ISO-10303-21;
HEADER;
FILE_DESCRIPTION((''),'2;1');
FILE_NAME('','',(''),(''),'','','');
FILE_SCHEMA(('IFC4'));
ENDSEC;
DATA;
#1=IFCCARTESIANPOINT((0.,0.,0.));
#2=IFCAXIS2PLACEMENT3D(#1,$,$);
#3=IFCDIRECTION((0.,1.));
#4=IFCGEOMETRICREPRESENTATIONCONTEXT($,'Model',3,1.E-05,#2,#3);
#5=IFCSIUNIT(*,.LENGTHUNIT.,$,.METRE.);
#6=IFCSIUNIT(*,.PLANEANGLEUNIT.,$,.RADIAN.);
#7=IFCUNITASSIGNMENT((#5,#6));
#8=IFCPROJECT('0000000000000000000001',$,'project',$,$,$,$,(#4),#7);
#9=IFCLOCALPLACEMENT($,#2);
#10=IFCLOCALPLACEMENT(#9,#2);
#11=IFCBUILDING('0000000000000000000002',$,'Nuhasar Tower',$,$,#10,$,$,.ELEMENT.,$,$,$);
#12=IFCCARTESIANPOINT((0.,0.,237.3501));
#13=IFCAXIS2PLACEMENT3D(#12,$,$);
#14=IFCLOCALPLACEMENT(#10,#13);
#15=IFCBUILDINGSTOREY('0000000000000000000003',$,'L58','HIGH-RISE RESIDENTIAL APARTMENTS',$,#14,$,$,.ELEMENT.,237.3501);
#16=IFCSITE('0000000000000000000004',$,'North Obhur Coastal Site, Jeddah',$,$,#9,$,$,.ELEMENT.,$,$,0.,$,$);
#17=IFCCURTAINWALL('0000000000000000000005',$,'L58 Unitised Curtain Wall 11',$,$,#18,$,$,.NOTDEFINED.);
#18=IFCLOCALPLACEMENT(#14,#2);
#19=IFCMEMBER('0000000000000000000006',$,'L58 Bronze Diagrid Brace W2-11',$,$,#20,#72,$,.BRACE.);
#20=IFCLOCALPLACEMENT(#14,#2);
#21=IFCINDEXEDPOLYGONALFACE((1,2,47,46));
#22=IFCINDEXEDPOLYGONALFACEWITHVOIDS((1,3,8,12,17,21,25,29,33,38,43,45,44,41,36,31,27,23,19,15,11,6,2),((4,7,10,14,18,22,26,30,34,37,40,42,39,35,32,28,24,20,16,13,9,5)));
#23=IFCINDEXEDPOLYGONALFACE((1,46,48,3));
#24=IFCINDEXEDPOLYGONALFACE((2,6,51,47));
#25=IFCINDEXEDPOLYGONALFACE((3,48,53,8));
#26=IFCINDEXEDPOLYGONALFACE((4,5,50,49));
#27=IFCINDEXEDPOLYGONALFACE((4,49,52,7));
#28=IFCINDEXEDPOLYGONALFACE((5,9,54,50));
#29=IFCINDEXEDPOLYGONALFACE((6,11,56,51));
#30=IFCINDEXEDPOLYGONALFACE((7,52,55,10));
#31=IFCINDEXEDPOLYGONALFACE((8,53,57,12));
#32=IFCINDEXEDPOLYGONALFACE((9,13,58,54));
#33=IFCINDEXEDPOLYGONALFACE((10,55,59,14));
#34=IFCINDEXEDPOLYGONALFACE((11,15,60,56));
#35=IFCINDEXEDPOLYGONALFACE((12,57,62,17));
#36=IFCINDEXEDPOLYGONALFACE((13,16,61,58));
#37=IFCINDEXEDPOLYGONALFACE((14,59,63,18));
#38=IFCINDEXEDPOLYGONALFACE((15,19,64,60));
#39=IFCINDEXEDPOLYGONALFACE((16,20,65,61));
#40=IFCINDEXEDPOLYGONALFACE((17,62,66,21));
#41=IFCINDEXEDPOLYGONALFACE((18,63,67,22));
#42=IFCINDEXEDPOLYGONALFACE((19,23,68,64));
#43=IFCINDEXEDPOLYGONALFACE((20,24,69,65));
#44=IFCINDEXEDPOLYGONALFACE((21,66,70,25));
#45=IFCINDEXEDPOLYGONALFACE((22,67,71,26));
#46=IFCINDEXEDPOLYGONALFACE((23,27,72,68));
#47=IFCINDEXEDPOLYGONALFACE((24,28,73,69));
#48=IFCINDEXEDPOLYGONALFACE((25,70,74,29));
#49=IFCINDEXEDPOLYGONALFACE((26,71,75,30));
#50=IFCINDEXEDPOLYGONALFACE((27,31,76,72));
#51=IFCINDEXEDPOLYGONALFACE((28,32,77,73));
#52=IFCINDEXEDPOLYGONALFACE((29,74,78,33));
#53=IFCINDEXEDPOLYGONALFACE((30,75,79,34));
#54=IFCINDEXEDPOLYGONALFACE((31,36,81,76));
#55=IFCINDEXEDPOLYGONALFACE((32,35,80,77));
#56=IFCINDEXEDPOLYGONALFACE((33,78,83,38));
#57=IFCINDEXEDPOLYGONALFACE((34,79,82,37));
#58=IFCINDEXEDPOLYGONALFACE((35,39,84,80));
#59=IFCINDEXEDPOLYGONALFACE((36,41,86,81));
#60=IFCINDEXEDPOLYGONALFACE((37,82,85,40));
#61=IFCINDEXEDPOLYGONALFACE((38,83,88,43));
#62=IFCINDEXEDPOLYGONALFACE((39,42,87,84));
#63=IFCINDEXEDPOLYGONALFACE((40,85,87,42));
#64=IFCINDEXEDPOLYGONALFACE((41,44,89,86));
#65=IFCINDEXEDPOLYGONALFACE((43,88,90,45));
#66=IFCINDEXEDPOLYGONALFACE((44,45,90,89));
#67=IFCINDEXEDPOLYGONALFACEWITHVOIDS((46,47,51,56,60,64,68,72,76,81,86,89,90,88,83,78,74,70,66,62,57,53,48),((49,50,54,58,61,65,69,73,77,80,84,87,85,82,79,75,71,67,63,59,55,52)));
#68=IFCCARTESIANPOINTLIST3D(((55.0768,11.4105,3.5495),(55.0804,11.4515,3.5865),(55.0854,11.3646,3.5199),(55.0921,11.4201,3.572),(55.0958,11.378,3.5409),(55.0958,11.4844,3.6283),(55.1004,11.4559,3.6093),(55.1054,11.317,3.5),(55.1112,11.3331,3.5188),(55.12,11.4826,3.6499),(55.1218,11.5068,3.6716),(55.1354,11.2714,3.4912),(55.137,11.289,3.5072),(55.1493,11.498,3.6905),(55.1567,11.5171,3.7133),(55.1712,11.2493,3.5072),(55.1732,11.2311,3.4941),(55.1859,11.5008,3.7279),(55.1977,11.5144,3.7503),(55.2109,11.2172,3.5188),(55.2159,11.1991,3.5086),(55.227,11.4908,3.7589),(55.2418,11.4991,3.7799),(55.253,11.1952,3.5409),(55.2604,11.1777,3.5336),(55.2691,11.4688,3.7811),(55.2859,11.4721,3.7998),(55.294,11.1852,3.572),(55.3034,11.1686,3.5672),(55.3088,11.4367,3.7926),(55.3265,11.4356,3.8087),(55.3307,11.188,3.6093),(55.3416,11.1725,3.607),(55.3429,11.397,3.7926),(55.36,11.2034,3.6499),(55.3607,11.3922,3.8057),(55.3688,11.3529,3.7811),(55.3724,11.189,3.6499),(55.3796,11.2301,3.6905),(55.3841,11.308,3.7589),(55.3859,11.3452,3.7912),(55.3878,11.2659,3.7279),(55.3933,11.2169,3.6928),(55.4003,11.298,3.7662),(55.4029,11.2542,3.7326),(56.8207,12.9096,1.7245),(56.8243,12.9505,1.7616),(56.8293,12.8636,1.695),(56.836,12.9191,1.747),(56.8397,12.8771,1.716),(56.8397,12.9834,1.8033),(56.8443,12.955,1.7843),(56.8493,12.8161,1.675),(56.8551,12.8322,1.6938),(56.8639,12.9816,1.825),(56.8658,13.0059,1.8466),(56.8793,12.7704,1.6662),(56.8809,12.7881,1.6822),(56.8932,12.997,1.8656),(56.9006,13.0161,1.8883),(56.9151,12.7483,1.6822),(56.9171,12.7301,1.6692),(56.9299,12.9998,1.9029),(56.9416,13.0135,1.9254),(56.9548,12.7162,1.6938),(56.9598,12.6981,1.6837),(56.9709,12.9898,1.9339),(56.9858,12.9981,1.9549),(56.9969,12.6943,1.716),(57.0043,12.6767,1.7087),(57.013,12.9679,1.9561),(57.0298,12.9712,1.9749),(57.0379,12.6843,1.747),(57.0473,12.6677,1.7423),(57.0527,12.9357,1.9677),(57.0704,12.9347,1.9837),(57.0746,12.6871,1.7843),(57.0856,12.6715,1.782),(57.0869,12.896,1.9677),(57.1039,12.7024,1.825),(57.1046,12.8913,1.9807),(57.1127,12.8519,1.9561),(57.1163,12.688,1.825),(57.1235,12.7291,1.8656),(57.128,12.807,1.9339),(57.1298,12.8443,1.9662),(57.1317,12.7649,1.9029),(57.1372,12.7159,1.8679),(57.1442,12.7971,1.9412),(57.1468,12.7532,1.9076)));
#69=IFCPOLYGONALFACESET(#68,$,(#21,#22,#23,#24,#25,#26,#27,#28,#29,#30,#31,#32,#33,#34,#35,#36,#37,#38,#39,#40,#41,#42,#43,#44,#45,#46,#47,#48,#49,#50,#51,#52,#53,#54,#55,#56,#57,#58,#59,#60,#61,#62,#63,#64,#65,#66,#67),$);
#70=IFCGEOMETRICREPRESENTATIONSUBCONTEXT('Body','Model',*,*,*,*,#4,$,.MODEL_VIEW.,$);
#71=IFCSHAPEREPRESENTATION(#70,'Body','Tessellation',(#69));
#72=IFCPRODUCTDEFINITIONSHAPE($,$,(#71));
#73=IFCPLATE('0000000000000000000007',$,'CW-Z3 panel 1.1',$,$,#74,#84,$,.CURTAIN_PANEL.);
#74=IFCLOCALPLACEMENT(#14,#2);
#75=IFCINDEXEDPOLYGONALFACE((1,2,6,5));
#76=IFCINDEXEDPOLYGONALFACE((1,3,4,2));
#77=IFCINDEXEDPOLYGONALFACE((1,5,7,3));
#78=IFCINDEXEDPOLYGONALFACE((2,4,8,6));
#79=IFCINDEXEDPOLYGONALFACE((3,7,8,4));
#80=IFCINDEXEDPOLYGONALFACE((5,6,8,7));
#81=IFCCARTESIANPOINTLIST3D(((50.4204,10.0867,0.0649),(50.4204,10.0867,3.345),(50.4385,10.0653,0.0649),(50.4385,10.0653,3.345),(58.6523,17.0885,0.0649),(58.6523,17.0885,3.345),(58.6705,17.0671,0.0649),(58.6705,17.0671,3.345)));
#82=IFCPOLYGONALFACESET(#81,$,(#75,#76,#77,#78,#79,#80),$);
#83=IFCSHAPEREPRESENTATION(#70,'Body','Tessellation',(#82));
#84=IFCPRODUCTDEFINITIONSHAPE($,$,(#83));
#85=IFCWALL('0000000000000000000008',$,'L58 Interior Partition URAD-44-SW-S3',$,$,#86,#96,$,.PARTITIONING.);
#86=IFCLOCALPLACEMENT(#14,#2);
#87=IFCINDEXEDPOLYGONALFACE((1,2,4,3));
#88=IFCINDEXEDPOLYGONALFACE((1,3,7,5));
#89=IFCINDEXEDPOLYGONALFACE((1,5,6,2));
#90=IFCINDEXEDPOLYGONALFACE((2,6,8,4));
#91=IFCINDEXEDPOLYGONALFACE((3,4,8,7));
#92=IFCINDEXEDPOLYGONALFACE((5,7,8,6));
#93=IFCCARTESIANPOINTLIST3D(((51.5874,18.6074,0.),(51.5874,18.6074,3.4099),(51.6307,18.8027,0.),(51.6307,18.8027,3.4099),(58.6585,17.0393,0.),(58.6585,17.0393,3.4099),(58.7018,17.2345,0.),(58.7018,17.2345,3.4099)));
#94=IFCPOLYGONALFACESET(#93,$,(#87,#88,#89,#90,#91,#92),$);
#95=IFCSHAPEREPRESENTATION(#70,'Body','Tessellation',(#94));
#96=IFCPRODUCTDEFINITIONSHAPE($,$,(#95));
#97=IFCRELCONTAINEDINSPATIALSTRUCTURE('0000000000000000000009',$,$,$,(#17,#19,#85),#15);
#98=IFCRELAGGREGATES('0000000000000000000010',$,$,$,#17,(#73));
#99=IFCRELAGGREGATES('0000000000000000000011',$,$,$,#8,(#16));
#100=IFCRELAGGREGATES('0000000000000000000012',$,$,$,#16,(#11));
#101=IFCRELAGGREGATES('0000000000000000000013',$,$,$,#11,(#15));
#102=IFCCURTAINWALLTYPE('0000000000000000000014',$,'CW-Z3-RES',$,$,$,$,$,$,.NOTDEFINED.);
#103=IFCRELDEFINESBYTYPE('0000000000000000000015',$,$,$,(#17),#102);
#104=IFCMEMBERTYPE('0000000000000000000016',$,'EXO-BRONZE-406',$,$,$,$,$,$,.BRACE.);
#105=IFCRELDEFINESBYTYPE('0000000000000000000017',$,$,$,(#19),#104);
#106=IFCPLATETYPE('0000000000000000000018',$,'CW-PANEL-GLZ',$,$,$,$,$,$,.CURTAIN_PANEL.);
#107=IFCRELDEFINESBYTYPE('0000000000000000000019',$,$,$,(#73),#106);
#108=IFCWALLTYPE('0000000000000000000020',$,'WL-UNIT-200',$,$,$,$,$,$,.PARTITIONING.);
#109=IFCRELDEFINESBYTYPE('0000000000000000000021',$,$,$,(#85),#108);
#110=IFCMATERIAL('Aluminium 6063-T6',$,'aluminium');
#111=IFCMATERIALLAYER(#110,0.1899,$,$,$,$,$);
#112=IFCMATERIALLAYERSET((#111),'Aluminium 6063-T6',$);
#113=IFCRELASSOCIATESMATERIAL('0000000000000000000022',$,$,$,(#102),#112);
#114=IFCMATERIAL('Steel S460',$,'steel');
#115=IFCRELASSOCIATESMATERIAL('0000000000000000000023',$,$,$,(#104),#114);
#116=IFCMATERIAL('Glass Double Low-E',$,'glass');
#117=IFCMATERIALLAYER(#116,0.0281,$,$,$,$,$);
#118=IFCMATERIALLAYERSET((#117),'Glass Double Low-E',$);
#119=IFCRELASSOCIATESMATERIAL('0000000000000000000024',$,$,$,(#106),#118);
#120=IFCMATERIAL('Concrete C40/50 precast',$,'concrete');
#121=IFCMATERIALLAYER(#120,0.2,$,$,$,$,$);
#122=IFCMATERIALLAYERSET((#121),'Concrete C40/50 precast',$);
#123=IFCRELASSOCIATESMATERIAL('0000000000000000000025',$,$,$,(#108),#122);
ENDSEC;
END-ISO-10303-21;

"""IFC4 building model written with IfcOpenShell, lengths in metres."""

from ifc_helpers import new_model, si_unit, direction, frame, frame_2d, origin, origin_2d, place, context, subcontext, project, spatial, rectangle, hollow_circle, extrude, material, layer, layer_set, material_profile, profile_set, type_object, element, aggregate, save


model = new_model("IFC4")

# Units and contexts
model_context = context("Model", 3, precision=1e-05, world=origin(), true_north=direction((0.0, 1.0)))
body_context = subcontext(model_context, "Body", "Model", "MODEL_VIEW")
ifc_project = project(units=[si_unit("LENGTHUNIT", "METRE"), si_unit("PLANEANGLEUNIT", "RADIAN")], contexts=[model_context])

# Site, building, storey
site_placement = place(None, origin())
site = spatial("IfcSite", under=ifc_project, at=site_placement, Name="North Obhur Coastal Site, Jeddah", CompositionType="ELEMENT", RefElevation=0.0)
building_placement = place(site_placement, origin())
building = spatial("IfcBuilding", under=site, at=building_placement, Name="Nuhasar Tower", CompositionType="ELEMENT")
storey_placement = place(building_placement, frame((0.0, 0.0, 237.3501)))
storey = spatial("IfcBuildingStorey", under=building, at=storey_placement, Name="L58", Description="HIGH-RISE RESIDENTIAL APARTMENTS", CompositionType="ELEMENT", Elevation=237.3501)

# Shared definitions
ifc_material_1 = material(Name="Aluminium 6063-T6", Category="aluminium")
ifc_layer_1 = layer(ifc_material_1, 0.1899)
ifc_layer_set_1 = layer_set([ifc_layer_1], Name="Aluminium 6063-T6")
curtain_wall_type = type_object("IfcCurtainWallType", Name="CW-Z3-RES", PredefinedType="NOTDEFINED", material=ifc_layer_set_1)

# Curtain wall
curtain_wall_1_placement = place(storey_placement, origin())
curtain_wall_1 = element("IfcCurtainWall", 1, at=curtain_wall_1_placement, inside=storey, type_object=curtain_wall_type, Name="L58 Unitised Curtain Wall 11", PredefinedType="NOTDEFINED")

# Member
ifc_material_2 = material(Name="Steel S460", Category="steel")
ifc_material_profile_1 = material_profile(ifc_material_2, hollow_circle(Radius=0.2031, WallThickness=0.019, at=origin_2d()), Name="HSS406.4X19.1")
ifc_profile_set_1 = profile_set([ifc_material_profile_1], Name="Steel S460")
member_type_1 = type_object("IfcMemberType", Name="EXO-BRONZE-406", PredefinedType="BRACE", material=ifc_profile_set_1)
for number, where, z_axis, x_axis, name in (
    (2, (56.9839, 12.842, 1.825), (-0.594019, -0.510608, 0.621628), (0.651857, -0.758342, 0.0), "L58 Bronze Diagrid Brace W2-11"),
):
    element("IfcMember", number, at=place(storey_placement, frame(where, z_axis=z_axis, x_axis=x_axis)), inside=storey, type_object=member_type_1, Name=name, PredefinedType="BRACE", context=body_context, shape_type="SweptSolid", body=[
        extrude(hollow_circle(Radius=0.2031, WallThickness=0.019, at=origin_2d()), origin(), (0.0, 0.0, 1.0), 2.9358),
    ])

# Plate
ifc_material_3 = material(Name="Glass Double Low-E", Category="glass")
ifc_layer_2 = layer(ifc_material_3, 0.0281)
ifc_layer_set_2 = layer_set([ifc_layer_2], Name="Glass Double Low-E")
plate_type = type_object("IfcPlateType", Name="CW-PANEL-GLZ", PredefinedType="CURTAIN_PANEL", material=ifc_layer_set_2)
plate_placement = place(storey_placement, frame((54.5454, 13.5769, 0.0649), z_axis=(0.0, 0.0, 1.0), x_axis=(0.761729, 0.647895, 0.0)))
plate = element("IfcPlate", 3, at=plate_placement, type_object=plate_type, Name="CW-Z3 panel 1.1", PredefinedType="CURTAIN_PANEL", context=body_context, shape_type="SweptSolid", body=[
    extrude(rectangle(XDim=10.8069, YDim=0.0281, at=origin_2d()), origin(), (0.0, 0.0, 1.0), 3.28),
])
aggregate(curtain_wall_1, [plate])

# Wall
ifc_material_4 = material(Name="Concrete C40/50 precast", Category="concrete")
ifc_layer_3 = layer(ifc_material_4, 0.2)
ifc_layer_set_3 = layer_set([ifc_layer_3], Name="Concrete C40/50 precast")
wall_type = type_object("IfcWallType", Name="WL-UNIT-200", PredefinedType="PARTITIONING", material=ifc_layer_set_3)
wall_placement = place(storey_placement, frame((51.6089, 18.7051, 0.0), z_axis=(0.0, 0.0, 1.0), x_axis=(0.976281, -0.216506, 0.0)))
element("IfcWall", 4, at=wall_placement, inside=storey, type_object=wall_type, Name="L58 Interior Partition URAD-44-SW-S3", PredefinedType="PARTITIONING", context=body_context, shape_type="SweptSolid", body=[
    extrude(rectangle(XDim=7.2429, YDim=0.2, at=frame_2d((3.6216, 0.0))), origin(), (0.0, 0.0, 1.0), 3.4099),
])

save(model, "model.ifc")
